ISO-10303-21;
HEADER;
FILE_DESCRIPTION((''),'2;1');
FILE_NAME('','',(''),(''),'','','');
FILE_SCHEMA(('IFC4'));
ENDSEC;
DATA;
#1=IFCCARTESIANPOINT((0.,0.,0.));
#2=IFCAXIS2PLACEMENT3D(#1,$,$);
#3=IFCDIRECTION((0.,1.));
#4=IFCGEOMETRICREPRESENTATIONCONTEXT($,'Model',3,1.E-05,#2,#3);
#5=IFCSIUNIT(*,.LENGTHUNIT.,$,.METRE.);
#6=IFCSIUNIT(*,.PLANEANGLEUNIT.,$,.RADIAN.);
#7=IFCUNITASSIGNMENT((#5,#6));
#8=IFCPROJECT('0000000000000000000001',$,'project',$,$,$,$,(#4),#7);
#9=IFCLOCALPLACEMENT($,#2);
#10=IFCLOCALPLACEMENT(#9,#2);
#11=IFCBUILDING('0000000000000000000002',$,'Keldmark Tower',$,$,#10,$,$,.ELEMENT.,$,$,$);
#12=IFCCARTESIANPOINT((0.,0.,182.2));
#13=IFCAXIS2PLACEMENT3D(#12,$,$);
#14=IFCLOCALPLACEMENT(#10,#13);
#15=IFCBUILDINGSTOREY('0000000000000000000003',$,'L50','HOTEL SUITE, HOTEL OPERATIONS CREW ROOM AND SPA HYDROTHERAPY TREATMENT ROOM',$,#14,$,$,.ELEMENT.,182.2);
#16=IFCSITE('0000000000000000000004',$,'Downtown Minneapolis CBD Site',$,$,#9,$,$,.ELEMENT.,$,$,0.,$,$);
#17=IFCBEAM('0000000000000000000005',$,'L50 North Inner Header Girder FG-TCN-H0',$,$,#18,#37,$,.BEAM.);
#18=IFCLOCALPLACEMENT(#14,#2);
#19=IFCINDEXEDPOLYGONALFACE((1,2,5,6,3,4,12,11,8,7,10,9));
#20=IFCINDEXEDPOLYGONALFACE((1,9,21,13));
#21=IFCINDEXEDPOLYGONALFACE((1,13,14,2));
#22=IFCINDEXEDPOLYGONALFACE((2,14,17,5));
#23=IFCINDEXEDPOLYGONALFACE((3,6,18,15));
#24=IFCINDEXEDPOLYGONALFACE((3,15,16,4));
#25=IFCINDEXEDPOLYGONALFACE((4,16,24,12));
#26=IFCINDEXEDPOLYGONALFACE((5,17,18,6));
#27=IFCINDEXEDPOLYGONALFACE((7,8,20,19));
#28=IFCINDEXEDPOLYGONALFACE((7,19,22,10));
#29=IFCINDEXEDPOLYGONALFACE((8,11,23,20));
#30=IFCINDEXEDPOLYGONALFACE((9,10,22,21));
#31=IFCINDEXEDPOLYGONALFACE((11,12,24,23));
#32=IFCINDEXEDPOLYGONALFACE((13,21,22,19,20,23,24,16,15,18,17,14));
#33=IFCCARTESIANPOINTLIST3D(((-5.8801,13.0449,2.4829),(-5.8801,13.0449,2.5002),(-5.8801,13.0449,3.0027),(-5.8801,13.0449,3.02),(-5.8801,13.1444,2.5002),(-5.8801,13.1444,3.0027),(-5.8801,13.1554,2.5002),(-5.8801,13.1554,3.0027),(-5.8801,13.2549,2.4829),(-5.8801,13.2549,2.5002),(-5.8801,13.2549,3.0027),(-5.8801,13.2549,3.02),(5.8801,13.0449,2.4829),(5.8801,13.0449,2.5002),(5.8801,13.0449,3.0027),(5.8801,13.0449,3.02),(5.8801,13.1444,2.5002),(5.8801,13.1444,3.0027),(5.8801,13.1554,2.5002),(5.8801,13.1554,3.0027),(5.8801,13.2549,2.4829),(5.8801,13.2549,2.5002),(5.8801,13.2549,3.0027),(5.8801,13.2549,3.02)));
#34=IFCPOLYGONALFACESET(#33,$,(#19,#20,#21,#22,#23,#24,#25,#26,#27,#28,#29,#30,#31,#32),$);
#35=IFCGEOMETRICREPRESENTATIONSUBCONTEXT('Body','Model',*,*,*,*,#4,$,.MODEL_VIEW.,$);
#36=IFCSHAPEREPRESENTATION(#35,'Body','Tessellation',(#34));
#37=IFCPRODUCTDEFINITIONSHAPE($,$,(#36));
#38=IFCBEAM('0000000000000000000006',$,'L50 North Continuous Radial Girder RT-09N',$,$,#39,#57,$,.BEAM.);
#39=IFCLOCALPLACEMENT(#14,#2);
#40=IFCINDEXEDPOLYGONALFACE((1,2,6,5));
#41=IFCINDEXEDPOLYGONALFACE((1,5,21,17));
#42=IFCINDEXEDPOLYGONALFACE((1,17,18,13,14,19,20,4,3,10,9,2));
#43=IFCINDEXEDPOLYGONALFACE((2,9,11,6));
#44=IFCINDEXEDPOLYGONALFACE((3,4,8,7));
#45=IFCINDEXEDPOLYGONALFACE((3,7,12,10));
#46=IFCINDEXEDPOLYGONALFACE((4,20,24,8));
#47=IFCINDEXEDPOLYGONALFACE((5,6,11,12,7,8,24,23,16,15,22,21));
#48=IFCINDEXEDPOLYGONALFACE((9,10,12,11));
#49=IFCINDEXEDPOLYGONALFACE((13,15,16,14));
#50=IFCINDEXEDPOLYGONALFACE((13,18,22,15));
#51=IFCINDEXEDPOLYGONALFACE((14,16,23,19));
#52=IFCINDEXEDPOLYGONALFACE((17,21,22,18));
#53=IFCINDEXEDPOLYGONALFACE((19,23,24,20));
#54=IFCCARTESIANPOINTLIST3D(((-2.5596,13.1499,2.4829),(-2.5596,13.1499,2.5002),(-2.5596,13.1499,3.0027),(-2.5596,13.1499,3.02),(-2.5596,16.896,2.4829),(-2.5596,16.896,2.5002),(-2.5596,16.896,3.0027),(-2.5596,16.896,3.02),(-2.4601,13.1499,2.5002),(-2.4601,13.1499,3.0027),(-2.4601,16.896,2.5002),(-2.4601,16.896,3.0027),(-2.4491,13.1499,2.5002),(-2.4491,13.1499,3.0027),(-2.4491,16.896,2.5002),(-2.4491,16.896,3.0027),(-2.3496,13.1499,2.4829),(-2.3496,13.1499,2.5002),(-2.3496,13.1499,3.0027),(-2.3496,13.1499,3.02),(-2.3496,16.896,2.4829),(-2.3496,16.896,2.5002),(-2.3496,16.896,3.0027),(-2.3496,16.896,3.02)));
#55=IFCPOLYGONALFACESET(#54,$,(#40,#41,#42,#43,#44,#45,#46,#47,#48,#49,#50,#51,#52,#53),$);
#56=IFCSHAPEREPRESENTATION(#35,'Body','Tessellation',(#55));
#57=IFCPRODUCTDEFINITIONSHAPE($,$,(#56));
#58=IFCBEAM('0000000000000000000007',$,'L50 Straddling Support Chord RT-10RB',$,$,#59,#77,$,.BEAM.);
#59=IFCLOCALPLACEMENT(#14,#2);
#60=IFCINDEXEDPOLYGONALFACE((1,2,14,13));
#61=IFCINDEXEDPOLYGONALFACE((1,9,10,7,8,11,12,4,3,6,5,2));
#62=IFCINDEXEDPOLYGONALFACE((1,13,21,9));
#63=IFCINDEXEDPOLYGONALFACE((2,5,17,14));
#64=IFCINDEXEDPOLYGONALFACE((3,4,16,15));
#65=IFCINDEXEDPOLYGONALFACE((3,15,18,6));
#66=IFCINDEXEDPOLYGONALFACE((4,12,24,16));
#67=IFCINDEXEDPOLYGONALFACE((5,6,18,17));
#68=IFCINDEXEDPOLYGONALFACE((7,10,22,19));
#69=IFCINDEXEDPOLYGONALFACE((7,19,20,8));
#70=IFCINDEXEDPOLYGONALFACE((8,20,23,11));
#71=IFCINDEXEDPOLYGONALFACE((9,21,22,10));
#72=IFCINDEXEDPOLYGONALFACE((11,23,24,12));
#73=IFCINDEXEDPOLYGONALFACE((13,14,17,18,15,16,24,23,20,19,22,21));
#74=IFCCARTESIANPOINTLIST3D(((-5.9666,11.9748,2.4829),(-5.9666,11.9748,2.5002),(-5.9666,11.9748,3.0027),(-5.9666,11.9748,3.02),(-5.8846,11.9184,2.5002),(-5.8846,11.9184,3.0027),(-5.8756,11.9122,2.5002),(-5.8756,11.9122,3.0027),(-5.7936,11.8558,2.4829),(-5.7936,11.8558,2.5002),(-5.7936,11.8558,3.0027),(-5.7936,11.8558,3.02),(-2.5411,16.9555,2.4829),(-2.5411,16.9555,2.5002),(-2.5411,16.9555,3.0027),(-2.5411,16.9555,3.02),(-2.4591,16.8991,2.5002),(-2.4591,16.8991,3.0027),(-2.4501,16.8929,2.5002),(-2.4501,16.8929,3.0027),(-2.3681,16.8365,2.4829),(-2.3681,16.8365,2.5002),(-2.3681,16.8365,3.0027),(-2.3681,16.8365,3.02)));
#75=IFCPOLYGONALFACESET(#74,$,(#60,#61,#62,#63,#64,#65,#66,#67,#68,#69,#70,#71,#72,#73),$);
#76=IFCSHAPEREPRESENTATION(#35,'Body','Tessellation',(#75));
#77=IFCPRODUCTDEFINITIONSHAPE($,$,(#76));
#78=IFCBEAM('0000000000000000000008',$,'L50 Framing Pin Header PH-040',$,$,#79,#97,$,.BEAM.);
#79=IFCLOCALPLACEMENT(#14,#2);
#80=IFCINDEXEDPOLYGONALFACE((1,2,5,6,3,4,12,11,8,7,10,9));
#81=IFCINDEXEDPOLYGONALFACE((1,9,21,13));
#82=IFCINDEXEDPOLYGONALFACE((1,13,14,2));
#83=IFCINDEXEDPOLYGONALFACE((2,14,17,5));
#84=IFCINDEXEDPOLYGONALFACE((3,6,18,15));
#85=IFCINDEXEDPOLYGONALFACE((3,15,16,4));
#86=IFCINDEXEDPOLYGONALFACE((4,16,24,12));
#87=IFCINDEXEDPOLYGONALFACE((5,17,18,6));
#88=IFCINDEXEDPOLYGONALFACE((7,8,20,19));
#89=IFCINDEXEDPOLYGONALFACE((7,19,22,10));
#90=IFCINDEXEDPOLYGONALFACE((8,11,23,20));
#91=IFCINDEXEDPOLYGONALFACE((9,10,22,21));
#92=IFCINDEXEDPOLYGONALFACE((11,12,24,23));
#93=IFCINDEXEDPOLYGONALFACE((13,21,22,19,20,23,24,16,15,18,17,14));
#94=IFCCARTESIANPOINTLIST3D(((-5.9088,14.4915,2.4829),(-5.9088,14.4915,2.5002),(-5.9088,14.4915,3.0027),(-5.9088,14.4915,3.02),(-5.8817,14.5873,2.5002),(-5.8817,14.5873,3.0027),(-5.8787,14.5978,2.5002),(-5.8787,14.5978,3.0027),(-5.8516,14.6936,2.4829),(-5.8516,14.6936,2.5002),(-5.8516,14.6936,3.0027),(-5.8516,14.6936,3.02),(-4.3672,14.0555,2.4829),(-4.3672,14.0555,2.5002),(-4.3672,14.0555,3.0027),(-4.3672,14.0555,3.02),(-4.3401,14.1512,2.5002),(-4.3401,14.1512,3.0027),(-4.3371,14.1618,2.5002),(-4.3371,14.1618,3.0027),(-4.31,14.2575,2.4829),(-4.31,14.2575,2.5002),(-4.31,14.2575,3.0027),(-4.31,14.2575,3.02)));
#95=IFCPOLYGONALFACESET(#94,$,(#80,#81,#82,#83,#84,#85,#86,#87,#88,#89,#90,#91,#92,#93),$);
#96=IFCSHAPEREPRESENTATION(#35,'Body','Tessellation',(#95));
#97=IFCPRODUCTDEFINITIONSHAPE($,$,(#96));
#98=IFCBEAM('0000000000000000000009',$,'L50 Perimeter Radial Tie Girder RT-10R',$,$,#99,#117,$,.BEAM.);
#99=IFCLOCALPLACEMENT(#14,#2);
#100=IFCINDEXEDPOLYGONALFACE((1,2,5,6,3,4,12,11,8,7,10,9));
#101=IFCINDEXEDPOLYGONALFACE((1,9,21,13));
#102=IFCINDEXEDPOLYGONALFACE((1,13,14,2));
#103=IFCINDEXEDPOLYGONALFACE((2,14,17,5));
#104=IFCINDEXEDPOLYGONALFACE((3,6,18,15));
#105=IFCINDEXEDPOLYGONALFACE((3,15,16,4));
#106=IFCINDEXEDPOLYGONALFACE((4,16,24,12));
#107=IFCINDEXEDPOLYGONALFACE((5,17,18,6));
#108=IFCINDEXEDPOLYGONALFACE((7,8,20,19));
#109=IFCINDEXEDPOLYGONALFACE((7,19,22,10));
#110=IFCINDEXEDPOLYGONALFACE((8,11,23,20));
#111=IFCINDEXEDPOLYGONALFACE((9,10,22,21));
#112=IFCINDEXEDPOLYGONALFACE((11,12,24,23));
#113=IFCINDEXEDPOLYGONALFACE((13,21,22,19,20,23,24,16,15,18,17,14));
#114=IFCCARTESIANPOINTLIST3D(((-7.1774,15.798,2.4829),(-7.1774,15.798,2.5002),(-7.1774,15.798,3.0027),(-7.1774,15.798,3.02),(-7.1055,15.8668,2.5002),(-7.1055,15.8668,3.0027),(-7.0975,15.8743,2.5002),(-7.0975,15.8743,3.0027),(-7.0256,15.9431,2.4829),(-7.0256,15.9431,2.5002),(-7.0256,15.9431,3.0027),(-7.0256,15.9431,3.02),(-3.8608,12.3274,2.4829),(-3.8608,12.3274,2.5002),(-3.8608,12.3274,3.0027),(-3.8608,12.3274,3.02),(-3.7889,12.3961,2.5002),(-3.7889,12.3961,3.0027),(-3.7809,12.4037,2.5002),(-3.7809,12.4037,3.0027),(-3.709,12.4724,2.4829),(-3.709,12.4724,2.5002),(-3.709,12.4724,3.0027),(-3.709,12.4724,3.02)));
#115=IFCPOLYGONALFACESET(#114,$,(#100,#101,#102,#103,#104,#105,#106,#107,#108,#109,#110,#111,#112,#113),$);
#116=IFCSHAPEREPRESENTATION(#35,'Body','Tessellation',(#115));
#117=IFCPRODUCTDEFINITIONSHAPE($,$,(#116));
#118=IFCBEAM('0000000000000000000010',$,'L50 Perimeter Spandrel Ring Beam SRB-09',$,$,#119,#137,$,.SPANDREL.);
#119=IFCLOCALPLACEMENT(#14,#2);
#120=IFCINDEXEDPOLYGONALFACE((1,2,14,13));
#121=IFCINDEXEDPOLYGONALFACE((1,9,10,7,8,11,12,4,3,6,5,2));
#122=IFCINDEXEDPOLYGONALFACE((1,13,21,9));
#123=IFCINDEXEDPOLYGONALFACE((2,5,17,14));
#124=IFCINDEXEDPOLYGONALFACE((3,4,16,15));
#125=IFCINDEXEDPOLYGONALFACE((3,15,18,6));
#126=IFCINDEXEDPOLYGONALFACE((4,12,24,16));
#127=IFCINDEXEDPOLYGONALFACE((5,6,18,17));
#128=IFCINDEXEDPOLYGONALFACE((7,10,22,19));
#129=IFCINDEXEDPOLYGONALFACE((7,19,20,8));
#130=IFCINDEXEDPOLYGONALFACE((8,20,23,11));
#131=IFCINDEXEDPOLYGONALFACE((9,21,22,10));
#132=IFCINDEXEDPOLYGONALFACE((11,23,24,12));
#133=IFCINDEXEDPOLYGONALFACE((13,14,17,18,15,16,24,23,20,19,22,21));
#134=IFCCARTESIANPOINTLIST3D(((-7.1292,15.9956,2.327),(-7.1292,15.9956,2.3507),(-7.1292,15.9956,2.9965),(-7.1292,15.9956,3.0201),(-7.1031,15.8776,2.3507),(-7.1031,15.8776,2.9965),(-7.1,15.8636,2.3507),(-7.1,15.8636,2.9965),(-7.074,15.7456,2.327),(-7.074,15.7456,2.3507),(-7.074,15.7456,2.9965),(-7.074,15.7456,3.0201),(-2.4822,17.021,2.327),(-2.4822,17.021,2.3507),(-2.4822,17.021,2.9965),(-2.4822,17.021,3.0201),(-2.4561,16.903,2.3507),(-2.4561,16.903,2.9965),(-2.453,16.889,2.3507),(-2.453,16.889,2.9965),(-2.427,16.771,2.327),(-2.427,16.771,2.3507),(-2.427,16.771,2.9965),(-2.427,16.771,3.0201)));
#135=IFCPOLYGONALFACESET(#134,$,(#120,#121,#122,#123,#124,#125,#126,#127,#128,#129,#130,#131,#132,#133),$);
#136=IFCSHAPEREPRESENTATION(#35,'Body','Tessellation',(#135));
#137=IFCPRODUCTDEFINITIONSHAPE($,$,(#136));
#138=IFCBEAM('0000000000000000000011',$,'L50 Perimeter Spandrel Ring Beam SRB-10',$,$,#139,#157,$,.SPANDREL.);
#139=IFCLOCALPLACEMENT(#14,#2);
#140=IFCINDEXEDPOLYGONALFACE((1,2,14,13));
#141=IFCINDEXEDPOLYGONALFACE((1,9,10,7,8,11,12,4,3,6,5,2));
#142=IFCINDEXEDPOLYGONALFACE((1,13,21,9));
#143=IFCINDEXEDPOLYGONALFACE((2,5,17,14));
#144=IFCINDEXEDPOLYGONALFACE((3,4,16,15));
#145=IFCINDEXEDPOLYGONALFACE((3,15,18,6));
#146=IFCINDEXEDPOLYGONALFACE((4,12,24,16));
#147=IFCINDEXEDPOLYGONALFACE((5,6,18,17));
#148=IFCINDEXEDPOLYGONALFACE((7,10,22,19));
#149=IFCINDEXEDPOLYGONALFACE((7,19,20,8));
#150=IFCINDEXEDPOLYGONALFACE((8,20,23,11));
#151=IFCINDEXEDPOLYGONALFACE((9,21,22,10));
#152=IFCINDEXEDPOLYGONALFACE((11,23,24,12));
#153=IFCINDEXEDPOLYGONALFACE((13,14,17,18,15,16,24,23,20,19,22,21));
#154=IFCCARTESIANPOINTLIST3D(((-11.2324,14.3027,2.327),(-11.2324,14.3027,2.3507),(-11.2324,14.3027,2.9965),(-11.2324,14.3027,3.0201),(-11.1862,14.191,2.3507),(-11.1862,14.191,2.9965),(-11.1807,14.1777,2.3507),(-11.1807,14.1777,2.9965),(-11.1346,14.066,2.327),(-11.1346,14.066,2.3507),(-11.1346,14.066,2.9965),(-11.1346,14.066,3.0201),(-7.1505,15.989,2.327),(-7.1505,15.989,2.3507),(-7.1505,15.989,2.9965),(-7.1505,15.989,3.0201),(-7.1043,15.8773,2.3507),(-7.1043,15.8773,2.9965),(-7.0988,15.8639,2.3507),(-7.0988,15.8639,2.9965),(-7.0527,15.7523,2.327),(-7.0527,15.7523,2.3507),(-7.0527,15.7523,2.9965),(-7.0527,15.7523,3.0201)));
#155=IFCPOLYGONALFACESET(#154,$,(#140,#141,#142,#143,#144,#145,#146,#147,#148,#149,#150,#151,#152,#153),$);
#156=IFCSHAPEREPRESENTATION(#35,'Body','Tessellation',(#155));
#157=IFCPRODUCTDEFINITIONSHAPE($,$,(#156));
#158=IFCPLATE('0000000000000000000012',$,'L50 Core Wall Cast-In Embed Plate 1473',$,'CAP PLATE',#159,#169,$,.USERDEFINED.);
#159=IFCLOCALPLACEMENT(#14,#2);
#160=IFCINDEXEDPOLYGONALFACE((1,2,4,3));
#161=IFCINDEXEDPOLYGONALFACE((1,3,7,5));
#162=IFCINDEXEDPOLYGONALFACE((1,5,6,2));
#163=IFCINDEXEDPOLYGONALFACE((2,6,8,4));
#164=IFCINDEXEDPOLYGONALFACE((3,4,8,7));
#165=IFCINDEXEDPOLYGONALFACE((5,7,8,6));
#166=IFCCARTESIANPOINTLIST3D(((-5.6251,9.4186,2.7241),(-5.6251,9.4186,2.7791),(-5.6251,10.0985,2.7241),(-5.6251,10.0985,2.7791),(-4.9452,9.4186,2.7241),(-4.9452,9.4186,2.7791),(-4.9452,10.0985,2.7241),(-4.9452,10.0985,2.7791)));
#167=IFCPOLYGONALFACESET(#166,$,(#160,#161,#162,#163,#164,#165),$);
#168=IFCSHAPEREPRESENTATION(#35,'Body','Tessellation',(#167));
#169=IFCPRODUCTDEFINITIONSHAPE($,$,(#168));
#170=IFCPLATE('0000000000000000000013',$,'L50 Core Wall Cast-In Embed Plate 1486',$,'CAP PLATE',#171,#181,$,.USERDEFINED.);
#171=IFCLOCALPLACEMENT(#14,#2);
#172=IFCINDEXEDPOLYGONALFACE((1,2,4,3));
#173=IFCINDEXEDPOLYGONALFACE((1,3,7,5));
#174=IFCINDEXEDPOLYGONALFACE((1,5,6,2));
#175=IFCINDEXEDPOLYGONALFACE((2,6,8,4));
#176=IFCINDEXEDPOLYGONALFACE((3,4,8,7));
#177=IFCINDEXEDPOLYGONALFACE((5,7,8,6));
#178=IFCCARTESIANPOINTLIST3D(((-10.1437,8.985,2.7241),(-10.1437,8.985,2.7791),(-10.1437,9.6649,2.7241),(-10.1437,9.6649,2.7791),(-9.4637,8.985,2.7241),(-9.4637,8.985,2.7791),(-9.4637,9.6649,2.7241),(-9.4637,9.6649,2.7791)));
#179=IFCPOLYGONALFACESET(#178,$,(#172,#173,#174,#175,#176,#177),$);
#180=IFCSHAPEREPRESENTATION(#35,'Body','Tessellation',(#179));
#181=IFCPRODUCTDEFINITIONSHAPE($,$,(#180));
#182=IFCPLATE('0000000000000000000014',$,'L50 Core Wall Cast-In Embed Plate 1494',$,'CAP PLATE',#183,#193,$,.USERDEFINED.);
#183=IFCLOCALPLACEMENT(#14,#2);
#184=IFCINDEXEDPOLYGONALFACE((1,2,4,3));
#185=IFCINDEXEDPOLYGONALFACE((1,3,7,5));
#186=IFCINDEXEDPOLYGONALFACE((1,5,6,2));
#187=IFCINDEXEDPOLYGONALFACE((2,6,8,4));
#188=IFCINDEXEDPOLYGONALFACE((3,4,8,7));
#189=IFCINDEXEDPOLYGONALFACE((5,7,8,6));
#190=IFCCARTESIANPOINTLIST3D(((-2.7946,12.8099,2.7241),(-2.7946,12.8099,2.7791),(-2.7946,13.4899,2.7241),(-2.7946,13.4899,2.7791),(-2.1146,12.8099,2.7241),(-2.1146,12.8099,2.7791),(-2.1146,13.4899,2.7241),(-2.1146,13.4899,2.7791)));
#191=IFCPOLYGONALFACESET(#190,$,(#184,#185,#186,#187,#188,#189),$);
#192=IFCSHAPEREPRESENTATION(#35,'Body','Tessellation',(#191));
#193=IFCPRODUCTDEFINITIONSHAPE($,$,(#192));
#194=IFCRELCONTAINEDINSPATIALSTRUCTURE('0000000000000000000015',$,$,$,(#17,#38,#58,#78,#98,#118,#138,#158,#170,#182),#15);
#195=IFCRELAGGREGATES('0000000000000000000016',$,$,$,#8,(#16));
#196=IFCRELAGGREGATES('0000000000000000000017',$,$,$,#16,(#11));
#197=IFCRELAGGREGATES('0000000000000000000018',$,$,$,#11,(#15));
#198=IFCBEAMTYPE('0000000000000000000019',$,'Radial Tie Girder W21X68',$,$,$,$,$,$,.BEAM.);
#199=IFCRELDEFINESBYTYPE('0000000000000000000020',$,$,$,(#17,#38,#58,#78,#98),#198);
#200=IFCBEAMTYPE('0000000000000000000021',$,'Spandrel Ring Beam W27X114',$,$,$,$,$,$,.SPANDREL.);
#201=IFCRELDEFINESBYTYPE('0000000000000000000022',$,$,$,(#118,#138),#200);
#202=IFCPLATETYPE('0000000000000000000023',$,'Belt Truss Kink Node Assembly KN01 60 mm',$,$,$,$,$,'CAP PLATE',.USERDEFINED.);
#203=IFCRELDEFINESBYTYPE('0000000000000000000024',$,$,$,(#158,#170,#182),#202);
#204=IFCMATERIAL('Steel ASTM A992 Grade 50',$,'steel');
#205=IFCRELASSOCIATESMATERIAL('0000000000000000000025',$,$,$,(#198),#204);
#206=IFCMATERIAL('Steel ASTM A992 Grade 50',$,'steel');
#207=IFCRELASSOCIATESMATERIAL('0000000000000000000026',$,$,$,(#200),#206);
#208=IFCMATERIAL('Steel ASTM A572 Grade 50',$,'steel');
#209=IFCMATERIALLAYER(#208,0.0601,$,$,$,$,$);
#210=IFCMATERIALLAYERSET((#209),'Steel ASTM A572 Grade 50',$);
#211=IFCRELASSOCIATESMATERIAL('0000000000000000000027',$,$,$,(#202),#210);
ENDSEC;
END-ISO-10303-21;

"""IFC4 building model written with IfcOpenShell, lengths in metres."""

from ifc_helpers import new_model, si_unit, direction, frame, origin, origin_2d, place, context, subcontext, project, spatial, rectangle, i_section, extrude, material, layer, layer_set, material_profile, profile_set, type_object, element, save


model = new_model("IFC4")

# Units and contexts
model_context = context("Model", 3, precision=1e-05, world=origin(), true_north=direction((0.0, 1.0)))
body_context = subcontext(model_context, "Body", "Model", "MODEL_VIEW")
ifc_project = project(units=[si_unit("LENGTHUNIT", "METRE"), si_unit("PLANEANGLEUNIT", "RADIAN")], contexts=[model_context])

# Site, building, storey
site_placement = place(None, origin())
site = spatial("IfcSite", under=ifc_project, at=site_placement, Name="Downtown Minneapolis CBD Site", CompositionType="ELEMENT", RefElevation=0.0)
building_placement = place(site_placement, origin())
building = spatial("IfcBuilding", under=site, at=building_placement, Name="Keldmark Tower", CompositionType="ELEMENT")
storey_placement = place(building_placement, frame((0.0, 0.0, 182.2)))
storey = spatial("IfcBuildingStorey", under=building, at=storey_placement, Name="L50", Description="HOTEL SUITE, HOTEL OPERATIONS CREW ROOM AND SPA HYDROTHERAPY TREATMENT ROOM", CompositionType="ELEMENT", Elevation=182.2)

# Beams
ifc_material_1 = material(Name="Steel ASTM A992 Grade 50", Category="steel")
ifc_material_profile_1 = material_profile(ifc_material_1, i_section(OverallWidth=0.21, OverallDepth=0.5371, WebThickness=0.011, FlangeThickness=0.0173, at=origin_2d()), Name="W21X68")
ifc_profile_set_1 = profile_set([ifc_material_profile_1], Name="Steel ASTM A992 Grade 50")
beam_type_1 = type_object("IfcBeamType", Name="Radial Tie Girder W21X68", PredefinedType="BEAM", material=ifc_profile_set_1)
for number, where, z_axis, x_axis, name in (
    (1, (-5.8801, 13.1499, 2.7515), (1.0, 0.0, 0.0), (0.0, 1.0, 0.0), "L50 North Inner Header Girder FG-TCN-H0"),
):
    element("IfcBeam", number, at=place(storey_placement, frame(where, z_axis=z_axis, x_axis=x_axis)), inside=storey, type_object=beam_type_1, Name=name, PredefinedType="BEAM", context=body_context, shape_type="SweptSolid", body=[
        extrude(i_section(OverallWidth=0.21, OverallDepth=0.5371, WebThickness=0.011, FlangeThickness=0.0173, at=origin_2d()), origin(), (0.0, 0.0, 1.0), 11.7603),
    ])
beam_1_placement = place(storey_placement, frame((-2.4546, 13.1499, 2.7515), z_axis=(0.0, 1.0, 0.0), x_axis=(-1.0, 0.0, 0.0)))
element("IfcBeam", 2, at=beam_1_placement, inside=storey, type_object=beam_type_1, Name="L50 North Continuous Radial Girder RT-09N", PredefinedType="BEAM", context=body_context, shape_type="SweptSolid", body=[
    extrude(i_section(OverallWidth=0.21, OverallDepth=0.5371, WebThickness=0.011, FlangeThickness=0.0173, at=origin_2d()), origin(), (0.0, 0.0, 1.0), 3.7461),
])
beam_2_placement = place(storey_placement, frame((-2.4546, 16.896, 2.7515), z_axis=(-0.566675, -0.823942, 0.0), x_axis=(0.823942, -0.566675, 0.0)))
element("IfcBeam", 3, at=beam_2_placement, inside=storey, type_object=beam_type_1, Name="L50 Straddling Support Chord RT-10RB", PredefinedType="BEAM", context=body_context, shape_type="SweptSolid", body=[
    extrude(i_section(OverallWidth=0.21, OverallDepth=0.5371, WebThickness=0.011, FlangeThickness=0.0173, at=origin_2d()), origin(), (0.0, 0.0, 1.0), 6.0449),
])
beam_3_placement = place(storey_placement, frame((-4.3386, 14.1565, 2.7515), z_axis=(-0.962245, 0.272184, 0.0), x_axis=(-0.272184, -0.962245, 0.0)))
element("IfcBeam", 4, at=beam_3_placement, inside=storey, type_object=beam_type_1, Name="L50 Framing Pin Header PH-040", PredefinedType="BEAM", context=body_context, shape_type="SweptSolid", body=[
    extrude(i_section(OverallWidth=0.21, OverallDepth=0.5371, WebThickness=0.011, FlangeThickness=0.0173, at=origin_2d()), origin(), (0.0, 0.0, 1.0), 1.6021),
])
beam_4_placement = place(storey_placement, frame((-3.7849, 12.3999, 2.7515), z_axis=(-0.69088, 0.72297, 0.0), x_axis=(-0.72297, -0.69088, 0.0)))
element("IfcBeam", 5, at=beam_4_placement, inside=storey, type_object=beam_type_1, Name="L50 Perimeter Radial Tie Girder RT-10R", PredefinedType="BEAM", context=body_context, shape_type="SweptSolid", body=[
    extrude(i_section(OverallWidth=0.21, OverallDepth=0.5371, WebThickness=0.011, FlangeThickness=0.0173, at=origin_2d()), origin(), (0.0, 0.0, 1.0), 4.8005),
])
ifc_material_2 = material(Name="Steel ASTM A992 Grade 50", Category="steel")
ifc_material_profile_2 = material_profile(ifc_material_2, i_section(OverallWidth=0.2561, OverallDepth=0.6931, WebThickness=0.0144, FlangeThickness=0.0237, at=origin_2d()), Name="W27X114")
ifc_profile_set_2 = profile_set([ifc_material_profile_2], Name="Steel ASTM A992 Grade 50")
beam_type_2 = type_object("IfcBeamType", Name="Spandrel Ring Beam W27X114", PredefinedType="SPANDREL", material=ifc_profile_set_2)
beam_5_placement = place(storey_placement, frame((-2.4546, 16.896, 2.6736), z_axis=(-0.976509, -0.215474, 0.0), x_axis=(0.215474, -0.976509, 0.0)))
element("IfcBeam", 6, at=beam_5_placement, inside=storey, type_object=beam_type_2, Name="L50 Perimeter Spandrel Ring Beam SRB-09", PredefinedType="SPANDREL", context=body_context, shape_type="SweptSolid", body=[
    extrude(i_section(OverallWidth=0.2561, OverallDepth=0.6931, WebThickness=0.0144, FlangeThickness=0.0237, at=origin_2d()), origin(), (0.0, 0.0, 1.0), 4.7588),
])
beam_6_placement = place(storey_placement, frame((-7.1016, 15.8706, 2.6736), z_axis=(-0.924244, -0.381803, 0.0), x_axis=(0.381803, -0.924244, 0.0)))
element("IfcBeam", 7, at=beam_6_placement, inside=storey, type_object=beam_type_2, Name="L50 Perimeter Spandrel Ring Beam SRB-10", PredefinedType="SPANDREL", context=body_context, shape_type="SweptSolid", body=[
    extrude(i_section(OverallWidth=0.2561, OverallDepth=0.6931, WebThickness=0.0144, FlangeThickness=0.0237, at=origin_2d()), origin(), (0.0, 0.0, 1.0), 4.4165),
])

# Plates
ifc_material_3 = material(Name="Steel ASTM A572 Grade 50", Category="steel")
ifc_layer_1 = layer(ifc_material_3, 0.0601)
ifc_layer_set_1 = layer_set([ifc_layer_1], Name="Steel ASTM A572 Grade 50")
plate_type_1 = type_object("IfcPlateType", Name="Belt Truss Kink Node Assembly KN01 60 mm", ElementType="CAP PLATE", PredefinedType="USERDEFINED", material=ifc_layer_set_1)
for number, where, z_axis, x_axis, name in (
    (8, (-5.2852, 9.7585, 2.7241), (0.0, 0.0, 1.0), (1.0, 0.0, 0.0), "L50 Core Wall Cast-In Embed Plate 1473"),
    (9, (-9.8037, 9.325, 2.7241), (0.0, 0.0, 1.0), (1.0, 0.0, 0.0), "L50 Core Wall Cast-In Embed Plate 1486"),
    (10, (-2.4546, 13.1499, 2.7241), (0.0, 0.0, 1.0), (1.0, 0.0, 0.0), "L50 Core Wall Cast-In Embed Plate 1494"),
):
    element("IfcPlate", number, at=place(storey_placement, frame(where, z_axis=z_axis, x_axis=x_axis)), inside=storey, type_object=plate_type_1, Name=name, ObjectType="CAP PLATE", PredefinedType="USERDEFINED", context=body_context, shape_type="SweptSolid", body=[
        extrude(rectangle(XDim=0.6799, YDim=0.6799, at=origin_2d()), origin(), (0.0, 0.0, 1.0), 0.0549),
    ])

save(model, "model.ifc")
